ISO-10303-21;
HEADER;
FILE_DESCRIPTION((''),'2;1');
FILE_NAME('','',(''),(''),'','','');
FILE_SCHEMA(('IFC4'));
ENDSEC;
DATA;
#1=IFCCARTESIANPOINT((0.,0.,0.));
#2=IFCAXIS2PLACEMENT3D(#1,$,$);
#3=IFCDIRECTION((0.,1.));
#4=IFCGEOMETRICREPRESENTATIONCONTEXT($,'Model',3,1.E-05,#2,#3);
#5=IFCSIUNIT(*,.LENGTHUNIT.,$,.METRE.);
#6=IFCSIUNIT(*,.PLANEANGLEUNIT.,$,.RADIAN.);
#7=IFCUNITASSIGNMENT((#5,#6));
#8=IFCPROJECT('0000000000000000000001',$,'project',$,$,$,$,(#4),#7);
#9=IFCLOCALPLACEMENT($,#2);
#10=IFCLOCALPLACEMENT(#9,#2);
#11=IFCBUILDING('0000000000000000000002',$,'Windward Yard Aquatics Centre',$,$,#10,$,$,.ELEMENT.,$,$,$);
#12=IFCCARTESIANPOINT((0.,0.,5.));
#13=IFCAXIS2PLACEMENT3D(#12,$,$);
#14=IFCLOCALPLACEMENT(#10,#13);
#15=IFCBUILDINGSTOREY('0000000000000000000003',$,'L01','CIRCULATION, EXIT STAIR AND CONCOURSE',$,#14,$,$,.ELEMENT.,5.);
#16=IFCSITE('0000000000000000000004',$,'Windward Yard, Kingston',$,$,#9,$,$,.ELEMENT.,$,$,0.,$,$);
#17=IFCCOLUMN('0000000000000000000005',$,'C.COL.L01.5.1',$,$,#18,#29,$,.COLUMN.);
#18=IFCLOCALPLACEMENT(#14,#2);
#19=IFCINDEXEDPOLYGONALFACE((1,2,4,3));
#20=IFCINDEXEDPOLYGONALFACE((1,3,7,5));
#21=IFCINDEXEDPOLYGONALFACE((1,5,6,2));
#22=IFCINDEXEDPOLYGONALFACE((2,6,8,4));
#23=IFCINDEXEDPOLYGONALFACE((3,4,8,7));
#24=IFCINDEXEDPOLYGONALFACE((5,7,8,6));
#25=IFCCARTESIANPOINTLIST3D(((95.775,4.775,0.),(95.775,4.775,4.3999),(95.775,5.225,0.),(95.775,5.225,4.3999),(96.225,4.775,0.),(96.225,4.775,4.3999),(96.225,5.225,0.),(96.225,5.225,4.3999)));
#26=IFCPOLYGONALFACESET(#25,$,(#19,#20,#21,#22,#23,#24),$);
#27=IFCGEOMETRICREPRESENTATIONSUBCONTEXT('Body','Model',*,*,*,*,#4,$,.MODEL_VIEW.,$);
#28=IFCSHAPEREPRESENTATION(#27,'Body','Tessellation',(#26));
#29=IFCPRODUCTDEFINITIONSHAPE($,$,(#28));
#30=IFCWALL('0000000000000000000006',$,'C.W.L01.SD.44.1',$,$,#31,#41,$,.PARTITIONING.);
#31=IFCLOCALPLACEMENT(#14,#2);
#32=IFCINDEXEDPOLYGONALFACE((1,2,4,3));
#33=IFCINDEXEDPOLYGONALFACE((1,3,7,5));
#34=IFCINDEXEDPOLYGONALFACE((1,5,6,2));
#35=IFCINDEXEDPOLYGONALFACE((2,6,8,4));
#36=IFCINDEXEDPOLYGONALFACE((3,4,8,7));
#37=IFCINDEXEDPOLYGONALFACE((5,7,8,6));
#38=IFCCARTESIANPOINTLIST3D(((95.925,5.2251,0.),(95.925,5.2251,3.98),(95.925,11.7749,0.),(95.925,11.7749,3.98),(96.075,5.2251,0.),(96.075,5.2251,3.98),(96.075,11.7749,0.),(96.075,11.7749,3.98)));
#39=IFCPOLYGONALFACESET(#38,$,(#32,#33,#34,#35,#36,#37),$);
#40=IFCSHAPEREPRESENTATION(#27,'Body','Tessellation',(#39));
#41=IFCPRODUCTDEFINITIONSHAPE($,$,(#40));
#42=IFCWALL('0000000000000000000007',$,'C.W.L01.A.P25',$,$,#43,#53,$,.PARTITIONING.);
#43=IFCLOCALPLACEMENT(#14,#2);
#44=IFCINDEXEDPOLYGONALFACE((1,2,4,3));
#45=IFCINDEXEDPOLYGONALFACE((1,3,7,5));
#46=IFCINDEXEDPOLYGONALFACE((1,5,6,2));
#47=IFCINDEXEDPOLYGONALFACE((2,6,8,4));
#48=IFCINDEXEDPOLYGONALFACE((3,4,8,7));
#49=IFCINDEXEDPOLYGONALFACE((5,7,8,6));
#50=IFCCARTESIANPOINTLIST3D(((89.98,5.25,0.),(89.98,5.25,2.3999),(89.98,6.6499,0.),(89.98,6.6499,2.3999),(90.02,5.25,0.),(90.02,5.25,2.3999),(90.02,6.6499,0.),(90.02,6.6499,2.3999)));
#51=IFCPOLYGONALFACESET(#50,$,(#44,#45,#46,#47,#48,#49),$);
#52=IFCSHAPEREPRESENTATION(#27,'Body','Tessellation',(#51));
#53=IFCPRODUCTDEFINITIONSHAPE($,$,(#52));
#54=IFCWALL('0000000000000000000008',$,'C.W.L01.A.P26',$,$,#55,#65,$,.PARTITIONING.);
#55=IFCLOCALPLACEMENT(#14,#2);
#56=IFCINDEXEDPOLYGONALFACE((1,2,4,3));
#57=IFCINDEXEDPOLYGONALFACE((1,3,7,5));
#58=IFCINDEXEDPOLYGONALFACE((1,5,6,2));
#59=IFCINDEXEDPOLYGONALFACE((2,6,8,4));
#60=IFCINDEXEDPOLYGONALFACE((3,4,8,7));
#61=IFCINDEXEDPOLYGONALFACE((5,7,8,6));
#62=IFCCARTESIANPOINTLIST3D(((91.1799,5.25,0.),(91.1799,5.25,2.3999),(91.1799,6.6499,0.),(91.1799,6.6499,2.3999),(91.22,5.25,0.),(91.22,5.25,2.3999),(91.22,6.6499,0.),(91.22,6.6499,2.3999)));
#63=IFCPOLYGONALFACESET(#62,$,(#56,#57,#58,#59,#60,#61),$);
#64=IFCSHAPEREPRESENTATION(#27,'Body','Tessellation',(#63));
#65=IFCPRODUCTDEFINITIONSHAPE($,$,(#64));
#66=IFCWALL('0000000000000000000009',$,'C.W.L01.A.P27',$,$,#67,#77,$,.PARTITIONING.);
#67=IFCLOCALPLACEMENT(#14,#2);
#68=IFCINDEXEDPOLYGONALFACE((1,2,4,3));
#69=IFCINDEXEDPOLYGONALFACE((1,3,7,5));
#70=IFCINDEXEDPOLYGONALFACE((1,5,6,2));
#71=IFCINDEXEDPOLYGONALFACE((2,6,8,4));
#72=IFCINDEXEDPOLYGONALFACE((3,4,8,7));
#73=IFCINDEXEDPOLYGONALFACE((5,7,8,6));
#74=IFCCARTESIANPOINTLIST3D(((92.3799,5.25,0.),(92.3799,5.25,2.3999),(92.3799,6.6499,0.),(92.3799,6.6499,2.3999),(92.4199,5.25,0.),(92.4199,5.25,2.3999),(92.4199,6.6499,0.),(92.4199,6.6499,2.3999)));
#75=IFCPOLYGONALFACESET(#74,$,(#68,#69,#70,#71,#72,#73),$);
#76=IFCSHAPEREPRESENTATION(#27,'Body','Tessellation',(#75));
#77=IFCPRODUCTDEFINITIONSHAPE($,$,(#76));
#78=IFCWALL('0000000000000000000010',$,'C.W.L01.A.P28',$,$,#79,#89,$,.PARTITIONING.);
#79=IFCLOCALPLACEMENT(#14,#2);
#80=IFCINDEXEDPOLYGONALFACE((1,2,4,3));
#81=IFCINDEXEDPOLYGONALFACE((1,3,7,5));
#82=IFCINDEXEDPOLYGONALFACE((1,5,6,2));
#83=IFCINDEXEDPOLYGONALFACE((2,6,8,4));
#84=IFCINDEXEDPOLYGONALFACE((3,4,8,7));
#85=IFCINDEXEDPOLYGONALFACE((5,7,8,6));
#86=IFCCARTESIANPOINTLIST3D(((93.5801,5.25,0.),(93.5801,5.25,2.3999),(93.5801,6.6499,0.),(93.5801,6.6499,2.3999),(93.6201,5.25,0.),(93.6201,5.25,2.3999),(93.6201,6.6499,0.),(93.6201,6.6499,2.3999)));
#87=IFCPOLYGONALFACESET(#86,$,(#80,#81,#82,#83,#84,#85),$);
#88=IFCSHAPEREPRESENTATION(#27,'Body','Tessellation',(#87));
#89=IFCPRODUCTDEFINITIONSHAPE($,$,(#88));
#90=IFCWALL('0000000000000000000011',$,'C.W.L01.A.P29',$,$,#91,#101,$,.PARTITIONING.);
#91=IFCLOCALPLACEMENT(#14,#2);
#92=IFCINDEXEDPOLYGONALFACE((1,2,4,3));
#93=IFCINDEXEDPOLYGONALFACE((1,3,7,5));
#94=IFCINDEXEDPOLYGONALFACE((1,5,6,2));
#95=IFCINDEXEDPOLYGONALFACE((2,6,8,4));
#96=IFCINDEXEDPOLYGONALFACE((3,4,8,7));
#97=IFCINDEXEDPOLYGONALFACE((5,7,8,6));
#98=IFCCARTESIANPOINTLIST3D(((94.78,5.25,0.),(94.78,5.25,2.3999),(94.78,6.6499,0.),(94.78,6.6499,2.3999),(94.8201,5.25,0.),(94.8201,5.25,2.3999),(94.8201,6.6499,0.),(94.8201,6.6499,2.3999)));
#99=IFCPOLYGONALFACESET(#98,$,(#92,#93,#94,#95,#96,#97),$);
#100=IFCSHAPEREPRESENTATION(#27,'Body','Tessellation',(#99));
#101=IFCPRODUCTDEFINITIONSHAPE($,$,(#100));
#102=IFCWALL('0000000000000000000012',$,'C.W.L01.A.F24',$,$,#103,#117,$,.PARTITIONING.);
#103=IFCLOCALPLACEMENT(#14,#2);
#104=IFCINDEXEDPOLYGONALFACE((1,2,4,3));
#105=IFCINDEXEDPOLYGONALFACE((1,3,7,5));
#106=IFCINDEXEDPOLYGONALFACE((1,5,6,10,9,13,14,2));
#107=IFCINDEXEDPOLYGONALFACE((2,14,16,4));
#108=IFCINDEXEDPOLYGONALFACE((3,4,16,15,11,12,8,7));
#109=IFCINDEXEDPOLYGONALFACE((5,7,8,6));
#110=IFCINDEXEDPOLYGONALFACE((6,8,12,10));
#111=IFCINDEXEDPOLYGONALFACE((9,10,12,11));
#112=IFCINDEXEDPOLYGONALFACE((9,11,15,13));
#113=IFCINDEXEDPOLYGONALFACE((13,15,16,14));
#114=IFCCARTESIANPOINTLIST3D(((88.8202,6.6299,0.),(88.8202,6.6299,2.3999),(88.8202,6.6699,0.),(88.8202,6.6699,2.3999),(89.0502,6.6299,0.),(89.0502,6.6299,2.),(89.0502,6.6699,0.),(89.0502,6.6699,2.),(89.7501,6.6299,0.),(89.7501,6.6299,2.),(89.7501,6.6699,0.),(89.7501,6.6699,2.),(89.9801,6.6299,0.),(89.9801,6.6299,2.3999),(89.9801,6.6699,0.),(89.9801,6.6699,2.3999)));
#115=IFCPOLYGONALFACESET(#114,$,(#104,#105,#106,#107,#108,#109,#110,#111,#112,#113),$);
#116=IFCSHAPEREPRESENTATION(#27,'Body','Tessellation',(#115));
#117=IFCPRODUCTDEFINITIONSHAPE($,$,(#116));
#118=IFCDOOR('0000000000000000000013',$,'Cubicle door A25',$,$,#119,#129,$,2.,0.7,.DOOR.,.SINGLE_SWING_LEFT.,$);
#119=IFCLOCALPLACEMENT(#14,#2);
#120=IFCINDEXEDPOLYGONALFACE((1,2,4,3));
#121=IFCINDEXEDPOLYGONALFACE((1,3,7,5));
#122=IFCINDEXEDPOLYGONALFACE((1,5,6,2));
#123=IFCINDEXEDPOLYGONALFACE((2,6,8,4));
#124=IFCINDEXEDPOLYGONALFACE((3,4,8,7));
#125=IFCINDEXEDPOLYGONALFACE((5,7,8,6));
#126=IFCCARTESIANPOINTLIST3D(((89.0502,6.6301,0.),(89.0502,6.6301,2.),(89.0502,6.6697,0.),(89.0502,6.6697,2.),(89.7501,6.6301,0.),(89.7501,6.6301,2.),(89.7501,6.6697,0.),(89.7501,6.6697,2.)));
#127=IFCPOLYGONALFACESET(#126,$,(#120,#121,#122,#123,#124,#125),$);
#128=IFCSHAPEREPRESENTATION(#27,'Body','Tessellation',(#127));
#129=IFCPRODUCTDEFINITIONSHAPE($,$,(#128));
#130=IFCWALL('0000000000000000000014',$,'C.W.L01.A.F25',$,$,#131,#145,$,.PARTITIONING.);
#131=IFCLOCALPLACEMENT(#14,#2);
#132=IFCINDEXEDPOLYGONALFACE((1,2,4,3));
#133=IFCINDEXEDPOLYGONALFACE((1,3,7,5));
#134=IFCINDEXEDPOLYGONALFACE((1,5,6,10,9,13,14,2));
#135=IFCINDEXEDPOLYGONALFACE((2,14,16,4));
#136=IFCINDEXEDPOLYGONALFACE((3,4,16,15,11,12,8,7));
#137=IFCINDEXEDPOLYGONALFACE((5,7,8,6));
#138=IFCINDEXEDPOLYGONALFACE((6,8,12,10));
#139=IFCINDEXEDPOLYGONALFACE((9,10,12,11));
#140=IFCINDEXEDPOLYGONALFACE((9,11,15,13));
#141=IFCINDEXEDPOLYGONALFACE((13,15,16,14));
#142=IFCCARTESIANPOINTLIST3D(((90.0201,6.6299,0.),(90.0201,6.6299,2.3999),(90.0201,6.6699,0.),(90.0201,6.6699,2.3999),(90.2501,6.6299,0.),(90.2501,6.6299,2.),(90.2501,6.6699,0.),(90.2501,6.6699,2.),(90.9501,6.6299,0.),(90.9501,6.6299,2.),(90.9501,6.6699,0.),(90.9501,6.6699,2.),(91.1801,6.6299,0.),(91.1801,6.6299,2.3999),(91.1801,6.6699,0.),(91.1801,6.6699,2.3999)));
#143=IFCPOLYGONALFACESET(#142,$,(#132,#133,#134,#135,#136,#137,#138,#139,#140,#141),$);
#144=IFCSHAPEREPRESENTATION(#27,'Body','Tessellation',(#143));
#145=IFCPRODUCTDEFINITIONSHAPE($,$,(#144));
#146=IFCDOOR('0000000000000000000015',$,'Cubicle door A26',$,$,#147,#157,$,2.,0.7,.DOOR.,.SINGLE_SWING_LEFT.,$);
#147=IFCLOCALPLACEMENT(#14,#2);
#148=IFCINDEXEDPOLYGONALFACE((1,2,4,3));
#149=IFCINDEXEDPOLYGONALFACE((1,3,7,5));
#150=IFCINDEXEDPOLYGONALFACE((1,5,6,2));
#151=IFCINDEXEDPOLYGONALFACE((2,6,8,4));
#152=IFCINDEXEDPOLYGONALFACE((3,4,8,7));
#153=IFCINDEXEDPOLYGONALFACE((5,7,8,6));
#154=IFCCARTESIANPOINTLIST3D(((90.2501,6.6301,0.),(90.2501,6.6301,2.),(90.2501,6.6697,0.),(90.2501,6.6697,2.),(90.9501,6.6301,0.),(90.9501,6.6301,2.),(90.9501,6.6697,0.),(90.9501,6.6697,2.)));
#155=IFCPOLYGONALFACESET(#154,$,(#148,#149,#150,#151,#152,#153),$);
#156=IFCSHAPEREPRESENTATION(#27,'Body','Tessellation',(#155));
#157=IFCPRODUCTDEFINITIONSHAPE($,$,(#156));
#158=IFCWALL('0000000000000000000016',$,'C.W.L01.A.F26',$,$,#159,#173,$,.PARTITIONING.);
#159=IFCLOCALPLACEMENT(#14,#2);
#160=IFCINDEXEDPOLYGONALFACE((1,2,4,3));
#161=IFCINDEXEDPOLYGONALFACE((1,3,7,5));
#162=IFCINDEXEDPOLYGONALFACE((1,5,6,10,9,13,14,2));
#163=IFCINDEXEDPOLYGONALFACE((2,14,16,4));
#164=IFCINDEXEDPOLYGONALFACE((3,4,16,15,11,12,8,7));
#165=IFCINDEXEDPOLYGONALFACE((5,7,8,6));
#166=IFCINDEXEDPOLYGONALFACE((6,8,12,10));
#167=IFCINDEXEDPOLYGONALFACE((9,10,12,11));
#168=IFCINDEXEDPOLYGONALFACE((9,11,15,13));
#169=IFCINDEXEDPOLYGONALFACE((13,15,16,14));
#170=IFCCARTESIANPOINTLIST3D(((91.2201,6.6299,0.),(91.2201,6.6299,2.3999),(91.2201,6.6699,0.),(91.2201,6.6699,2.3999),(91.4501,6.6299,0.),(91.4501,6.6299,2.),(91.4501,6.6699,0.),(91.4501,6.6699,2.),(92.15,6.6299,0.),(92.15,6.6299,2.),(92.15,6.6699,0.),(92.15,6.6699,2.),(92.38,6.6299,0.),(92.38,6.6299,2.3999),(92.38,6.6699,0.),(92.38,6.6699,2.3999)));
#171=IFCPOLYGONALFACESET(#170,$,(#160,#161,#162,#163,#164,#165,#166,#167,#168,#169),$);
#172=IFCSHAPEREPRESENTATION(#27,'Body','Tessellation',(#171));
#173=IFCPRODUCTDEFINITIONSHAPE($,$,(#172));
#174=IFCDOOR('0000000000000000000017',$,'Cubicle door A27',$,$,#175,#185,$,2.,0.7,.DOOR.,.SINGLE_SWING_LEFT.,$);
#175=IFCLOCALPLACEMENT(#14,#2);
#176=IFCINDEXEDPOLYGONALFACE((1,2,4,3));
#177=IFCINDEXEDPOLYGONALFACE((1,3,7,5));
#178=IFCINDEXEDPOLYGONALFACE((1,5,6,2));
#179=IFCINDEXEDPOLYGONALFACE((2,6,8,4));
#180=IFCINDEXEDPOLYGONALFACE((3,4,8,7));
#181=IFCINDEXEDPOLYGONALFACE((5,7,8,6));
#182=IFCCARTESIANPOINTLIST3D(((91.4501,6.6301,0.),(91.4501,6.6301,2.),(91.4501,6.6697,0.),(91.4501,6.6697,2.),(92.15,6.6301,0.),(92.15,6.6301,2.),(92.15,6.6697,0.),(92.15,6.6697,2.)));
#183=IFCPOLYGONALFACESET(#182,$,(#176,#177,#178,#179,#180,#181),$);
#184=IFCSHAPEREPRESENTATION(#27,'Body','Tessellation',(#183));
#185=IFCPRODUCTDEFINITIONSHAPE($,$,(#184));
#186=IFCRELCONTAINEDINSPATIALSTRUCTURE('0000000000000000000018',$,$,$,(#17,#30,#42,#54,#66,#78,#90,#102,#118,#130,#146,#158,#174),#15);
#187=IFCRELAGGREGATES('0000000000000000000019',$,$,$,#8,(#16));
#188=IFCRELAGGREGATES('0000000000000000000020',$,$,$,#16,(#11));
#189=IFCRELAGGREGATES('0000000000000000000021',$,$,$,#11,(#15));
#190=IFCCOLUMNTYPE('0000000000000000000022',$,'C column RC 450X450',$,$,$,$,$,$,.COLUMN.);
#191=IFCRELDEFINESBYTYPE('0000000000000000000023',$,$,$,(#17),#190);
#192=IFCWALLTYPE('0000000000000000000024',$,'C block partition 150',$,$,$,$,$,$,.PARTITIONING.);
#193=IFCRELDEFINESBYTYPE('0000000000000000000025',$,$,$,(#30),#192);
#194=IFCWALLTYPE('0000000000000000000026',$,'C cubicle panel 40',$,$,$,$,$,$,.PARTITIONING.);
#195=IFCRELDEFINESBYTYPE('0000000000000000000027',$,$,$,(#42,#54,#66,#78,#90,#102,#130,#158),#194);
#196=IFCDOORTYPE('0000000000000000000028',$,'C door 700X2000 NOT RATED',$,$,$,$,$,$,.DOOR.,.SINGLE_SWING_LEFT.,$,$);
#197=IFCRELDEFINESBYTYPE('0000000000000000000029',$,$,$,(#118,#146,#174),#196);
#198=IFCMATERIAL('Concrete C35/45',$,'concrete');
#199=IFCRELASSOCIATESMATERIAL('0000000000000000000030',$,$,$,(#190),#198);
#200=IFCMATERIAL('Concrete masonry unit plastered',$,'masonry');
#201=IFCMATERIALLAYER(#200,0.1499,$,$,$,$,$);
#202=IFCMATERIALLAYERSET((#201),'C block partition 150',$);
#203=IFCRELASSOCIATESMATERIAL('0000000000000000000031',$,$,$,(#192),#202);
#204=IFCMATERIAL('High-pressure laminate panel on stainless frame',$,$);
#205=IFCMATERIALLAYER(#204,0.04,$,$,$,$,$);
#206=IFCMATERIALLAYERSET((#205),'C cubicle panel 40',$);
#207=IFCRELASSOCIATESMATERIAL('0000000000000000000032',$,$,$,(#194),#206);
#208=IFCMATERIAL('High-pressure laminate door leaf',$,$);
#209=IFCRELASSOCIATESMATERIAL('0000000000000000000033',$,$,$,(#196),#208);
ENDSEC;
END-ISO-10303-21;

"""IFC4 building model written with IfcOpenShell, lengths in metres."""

from ifc_helpers import new_model, si_unit, direction, frame, frame_2d, origin, origin_2d, place, context, subcontext, project, spatial, rectangle, extrude, material, layer, layer_set, material_profile, profile_set, type_object, element, fill, save


model = new_model("IFC4")

# Units and contexts
model_context = context("Model", 3, precision=1e-05, world=origin(), true_north=direction((0.0, 1.0)))
body_context = subcontext(model_context, "Body", "Model", "MODEL_VIEW")
ifc_project = project(units=[si_unit("LENGTHUNIT", "METRE"), si_unit("PLANEANGLEUNIT", "RADIAN")], contexts=[model_context])

# Site, building, storey
site_placement = place(None, origin())
site = spatial("IfcSite", under=ifc_project, at=site_placement, Name="Windward Yard, Kingston", CompositionType="ELEMENT", RefElevation=0.0)
building_placement = place(site_placement, origin())
building = spatial("IfcBuilding", under=site, at=building_placement, Name="Windward Yard Aquatics Centre", CompositionType="ELEMENT")
storey_placement = place(building_placement, frame((0.0, 0.0, 5.0)))
storey = spatial("IfcBuildingStorey", under=building, at=storey_placement, Name="L01", Description="CIRCULATION, EXIT STAIR AND CONCOURSE", CompositionType="ELEMENT", Elevation=5.0)

# Column
ifc_material_1 = material(Name="Concrete C35/45", Category="concrete")
ifc_material_profile = material_profile(ifc_material_1, rectangle(XDim=0.45, YDim=0.45, at=origin_2d()), Name="RC 450X450")
ifc_profile_set = profile_set([ifc_material_profile], Name="Concrete C35/45")
column_type = type_object("IfcColumnType", Name="C column RC 450X450", PredefinedType="COLUMN", material=ifc_profile_set)
column_placement = place(storey_placement, frame((96.0, 5.0, 0.0), z_axis=(0.0, 0.0, 1.0), x_axis=(1.0, 0.0, 0.0)))
element("IfcColumn", 1, at=column_placement, inside=storey, type_object=column_type, Name="C.COL.L01.5.1", PredefinedType="COLUMN", context=body_context, shape_type="SweptSolid", body=[
    extrude(rectangle(XDim=0.45, YDim=0.45, at=origin_2d()), origin(), (0.0, 0.0, 1.0), 4.3999),
])

# Walls
ifc_material_2 = material(Name="Concrete masonry unit plastered", Category="masonry")
ifc_layer_1 = layer(ifc_material_2, 0.1499)
ifc_layer_set_1 = layer_set([ifc_layer_1], Name="C block partition 150")
wall_type_1 = type_object("IfcWallType", Name="C block partition 150", PredefinedType="PARTITIONING", material=ifc_layer_set_1)
wall_1_placement = place(storey_placement, frame((96.0, 5.2251, 0.0), z_axis=(0.0, 0.0, 1.0), x_axis=(0.0, 1.0, 0.0)))
element("IfcWall", 2, at=wall_1_placement, inside=storey, type_object=wall_type_1, Name="C.W.L01.SD.44.1", PredefinedType="PARTITIONING", context=body_context, shape_type="SweptSolid", body=[
    extrude(rectangle(XDim=6.5498, YDim=0.1499, at=frame_2d((3.2749, 0.0))), origin(), (0.0, 0.0, 1.0), 3.98),
])
ifc_material_3 = material(Name="High-pressure laminate panel on stainless frame")
ifc_layer_2 = layer(ifc_material_3, 0.04)
ifc_layer_set_2 = layer_set([ifc_layer_2], Name="C cubicle panel 40")
wall_type_2 = type_object("IfcWallType", Name="C cubicle panel 40", PredefinedType="PARTITIONING", material=ifc_layer_set_2)
for number, where, z_axis, x_axis, name in (
    (3, (90.0, 5.25, 0.0), (0.0, 0.0, 1.0), (0.0, 1.0, 0.0), "C.W.L01.A.P25"),
    (4, (91.2, 5.25, 0.0), (0.0, 0.0, 1.0), (0.0, 1.0, 0.0), "C.W.L01.A.P26"),
    (5, (92.3999, 5.25, 0.0), (0.0, 0.0, 1.0), (0.0, 1.0, 0.0), "C.W.L01.A.P27"),
    (6, (93.6001, 5.25, 0.0), (0.0, 0.0, 1.0), (0.0, 1.0, 0.0), "C.W.L01.A.P28"),
    (7, (94.8, 5.25, 0.0), (0.0, 0.0, 1.0), (0.0, 1.0, 0.0), "C.W.L01.A.P29"),
):
    element("IfcWall", number, at=place(storey_placement, frame(where, z_axis=z_axis, x_axis=x_axis)), inside=storey, type_object=wall_type_2, Name=name, PredefinedType="PARTITIONING", context=body_context, shape_type="SweptSolid", body=[
        extrude(rectangle(XDim=1.3999, YDim=0.04, at=frame_2d((0.7, 0.0))), origin(), (0.0, 0.0, 1.0), 2.3999),
    ])

# Walls, openings, doors
wall_2_placement = place(storey_placement, frame((88.8201, 6.6499, 0.0), z_axis=(0.0, 0.0, 1.0), x_axis=(1.0, 0.0, 0.0)))
wall_2 = element("IfcWall", 8, at=wall_2_placement, inside=storey, type_object=wall_type_2, Name="C.W.L01.A.F24", PredefinedType="PARTITIONING", context=body_context, shape_type="SweptSolid", body=[
    extrude(rectangle(XDim=1.1599, YDim=0.04, at=frame_2d((0.5801, 0.0))), origin(), (0.0, 0.0, 1.0), 2.3999),
])
opening_1_placement = place(wall_2_placement, frame((0.23, 0.0, 0.0)))
opening_1 = element("IfcOpeningElement", 9, at=opening_1_placement, cuts=wall_2, PredefinedType="OPENING", context=body_context, shape_type="SweptSolid", body=[
    extrude(rectangle(XDim=0.7, YDim=2.0, at=frame_2d((0.3501, 1.0))), frame((0.0, 0.03, 0.0), z_axis=(0.0, -1.0, 0.0), x_axis=(1.0, 0.0, 0.0)), (0.0, 0.0, 1.0), 0.0601),
])
ifc_material_4 = material(Name="High-pressure laminate door leaf")
door_type = type_object("IfcDoorType", Name="C door 700X2000 NOT RATED", OperationType="SINGLE_SWING_LEFT", PredefinedType="DOOR", material=ifc_material_4)
door_1_placement = place(opening_1_placement, origin())
door_1 = element("IfcDoor", 10, at=door_1_placement, inside=storey, type_object=door_type, Name="Cubicle door A25", OperationType="SINGLE_SWING_LEFT", OverallHeight=2.0, OverallWidth=0.7, PredefinedType="DOOR", context=body_context, shape_type="SweptSolid", body=[
    extrude(rectangle(XDim=0.7, YDim=2.0, at=frame_2d((0.3501, 1.0))), frame((0.0, 0.0198, 0.0), z_axis=(0.0, -1.0, 0.0), x_axis=(1.0, 0.0, 0.0)), (0.0, 0.0, 1.0), 0.0396),
])
fill(opening_1, door_1)
wall_3_placement = place(storey_placement, frame((90.02, 6.6499, 0.0), z_axis=(0.0, 0.0, 1.0), x_axis=(1.0, 0.0, 0.0)))
wall_3 = element("IfcWall", 11, at=wall_3_placement, inside=storey, type_object=wall_type_2, Name="C.W.L01.A.F25", PredefinedType="PARTITIONING", context=body_context, shape_type="SweptSolid", body=[
    extrude(rectangle(XDim=1.1599, YDim=0.04, at=frame_2d((0.5801, 0.0))), origin(), (0.0, 0.0, 1.0), 2.3999),
])
opening_2_placement = place(wall_3_placement, frame((0.23, 0.0, 0.0)))
opening_2 = element("IfcOpeningElement", 12, at=opening_2_placement, cuts=wall_3, PredefinedType="OPENING", context=body_context, shape_type="SweptSolid", body=[
    extrude(rectangle(XDim=0.7, YDim=2.0, at=frame_2d((0.3501, 1.0))), frame((0.0, 0.03, 0.0), z_axis=(0.0, -1.0, 0.0), x_axis=(1.0, 0.0, 0.0)), (0.0, 0.0, 1.0), 0.0601),
])
door_2_placement = place(opening_2_placement, origin())
door_2 = element("IfcDoor", 13, at=door_2_placement, inside=storey, type_object=door_type, Name="Cubicle door A26", OperationType="SINGLE_SWING_LEFT", OverallHeight=2.0, OverallWidth=0.7, PredefinedType="DOOR", context=body_context, shape_type="SweptSolid", body=[
    extrude(rectangle(XDim=0.7, YDim=2.0, at=frame_2d((0.3501, 1.0))), frame((0.0, 0.0198, 0.0), z_axis=(0.0, -1.0, 0.0), x_axis=(1.0, 0.0, 0.0)), (0.0, 0.0, 1.0), 0.0396),
])
fill(opening_2, door_2)
wall_4_placement = place(storey_placement, frame((91.22, 6.6499, 0.0), z_axis=(0.0, 0.0, 1.0), x_axis=(1.0, 0.0, 0.0)))
wall_4 = element("IfcWall", 14, at=wall_4_placement, inside=storey, type_object=wall_type_2, Name="C.W.L01.A.F26", PredefinedType="PARTITIONING", context=body_context, shape_type="SweptSolid", body=[
    extrude(rectangle(XDim=1.1599, YDim=0.04, at=frame_2d((0.5801, 0.0))), origin(), (0.0, 0.0, 1.0), 2.3999),
])
opening_3_placement = place(wall_4_placement, frame((0.23, 0.0, 0.0)))
opening_3 = element("IfcOpeningElement", 15, at=opening_3_placement, cuts=wall_4, PredefinedType="OPENING", context=body_context, shape_type="SweptSolid", body=[
    extrude(rectangle(XDim=0.7, YDim=2.0, at=frame_2d((0.3501, 1.0))), frame((0.0, 0.03, 0.0), z_axis=(0.0, -1.0, 0.0), x_axis=(1.0, 0.0, 0.0)), (0.0, 0.0, 1.0), 0.0601),
])
door_3_placement = place(opening_3_placement, origin())
door_3 = element("IfcDoor", 16, at=door_3_placement, inside=storey, type_object=door_type, Name="Cubicle door A27", OperationType="SINGLE_SWING_LEFT", OverallHeight=2.0, OverallWidth=0.7, PredefinedType="DOOR", context=body_context, shape_type="SweptSolid", body=[
    extrude(rectangle(XDim=0.7, YDim=2.0, at=frame_2d((0.3501, 1.0))), frame((0.0, 0.0198, 0.0), z_axis=(0.0, -1.0, 0.0), x_axis=(1.0, 0.0, 0.0)), (0.0, 0.0, 1.0), 0.0396),
])
fill(opening_3, door_3)

save(model, "model.ifc")
